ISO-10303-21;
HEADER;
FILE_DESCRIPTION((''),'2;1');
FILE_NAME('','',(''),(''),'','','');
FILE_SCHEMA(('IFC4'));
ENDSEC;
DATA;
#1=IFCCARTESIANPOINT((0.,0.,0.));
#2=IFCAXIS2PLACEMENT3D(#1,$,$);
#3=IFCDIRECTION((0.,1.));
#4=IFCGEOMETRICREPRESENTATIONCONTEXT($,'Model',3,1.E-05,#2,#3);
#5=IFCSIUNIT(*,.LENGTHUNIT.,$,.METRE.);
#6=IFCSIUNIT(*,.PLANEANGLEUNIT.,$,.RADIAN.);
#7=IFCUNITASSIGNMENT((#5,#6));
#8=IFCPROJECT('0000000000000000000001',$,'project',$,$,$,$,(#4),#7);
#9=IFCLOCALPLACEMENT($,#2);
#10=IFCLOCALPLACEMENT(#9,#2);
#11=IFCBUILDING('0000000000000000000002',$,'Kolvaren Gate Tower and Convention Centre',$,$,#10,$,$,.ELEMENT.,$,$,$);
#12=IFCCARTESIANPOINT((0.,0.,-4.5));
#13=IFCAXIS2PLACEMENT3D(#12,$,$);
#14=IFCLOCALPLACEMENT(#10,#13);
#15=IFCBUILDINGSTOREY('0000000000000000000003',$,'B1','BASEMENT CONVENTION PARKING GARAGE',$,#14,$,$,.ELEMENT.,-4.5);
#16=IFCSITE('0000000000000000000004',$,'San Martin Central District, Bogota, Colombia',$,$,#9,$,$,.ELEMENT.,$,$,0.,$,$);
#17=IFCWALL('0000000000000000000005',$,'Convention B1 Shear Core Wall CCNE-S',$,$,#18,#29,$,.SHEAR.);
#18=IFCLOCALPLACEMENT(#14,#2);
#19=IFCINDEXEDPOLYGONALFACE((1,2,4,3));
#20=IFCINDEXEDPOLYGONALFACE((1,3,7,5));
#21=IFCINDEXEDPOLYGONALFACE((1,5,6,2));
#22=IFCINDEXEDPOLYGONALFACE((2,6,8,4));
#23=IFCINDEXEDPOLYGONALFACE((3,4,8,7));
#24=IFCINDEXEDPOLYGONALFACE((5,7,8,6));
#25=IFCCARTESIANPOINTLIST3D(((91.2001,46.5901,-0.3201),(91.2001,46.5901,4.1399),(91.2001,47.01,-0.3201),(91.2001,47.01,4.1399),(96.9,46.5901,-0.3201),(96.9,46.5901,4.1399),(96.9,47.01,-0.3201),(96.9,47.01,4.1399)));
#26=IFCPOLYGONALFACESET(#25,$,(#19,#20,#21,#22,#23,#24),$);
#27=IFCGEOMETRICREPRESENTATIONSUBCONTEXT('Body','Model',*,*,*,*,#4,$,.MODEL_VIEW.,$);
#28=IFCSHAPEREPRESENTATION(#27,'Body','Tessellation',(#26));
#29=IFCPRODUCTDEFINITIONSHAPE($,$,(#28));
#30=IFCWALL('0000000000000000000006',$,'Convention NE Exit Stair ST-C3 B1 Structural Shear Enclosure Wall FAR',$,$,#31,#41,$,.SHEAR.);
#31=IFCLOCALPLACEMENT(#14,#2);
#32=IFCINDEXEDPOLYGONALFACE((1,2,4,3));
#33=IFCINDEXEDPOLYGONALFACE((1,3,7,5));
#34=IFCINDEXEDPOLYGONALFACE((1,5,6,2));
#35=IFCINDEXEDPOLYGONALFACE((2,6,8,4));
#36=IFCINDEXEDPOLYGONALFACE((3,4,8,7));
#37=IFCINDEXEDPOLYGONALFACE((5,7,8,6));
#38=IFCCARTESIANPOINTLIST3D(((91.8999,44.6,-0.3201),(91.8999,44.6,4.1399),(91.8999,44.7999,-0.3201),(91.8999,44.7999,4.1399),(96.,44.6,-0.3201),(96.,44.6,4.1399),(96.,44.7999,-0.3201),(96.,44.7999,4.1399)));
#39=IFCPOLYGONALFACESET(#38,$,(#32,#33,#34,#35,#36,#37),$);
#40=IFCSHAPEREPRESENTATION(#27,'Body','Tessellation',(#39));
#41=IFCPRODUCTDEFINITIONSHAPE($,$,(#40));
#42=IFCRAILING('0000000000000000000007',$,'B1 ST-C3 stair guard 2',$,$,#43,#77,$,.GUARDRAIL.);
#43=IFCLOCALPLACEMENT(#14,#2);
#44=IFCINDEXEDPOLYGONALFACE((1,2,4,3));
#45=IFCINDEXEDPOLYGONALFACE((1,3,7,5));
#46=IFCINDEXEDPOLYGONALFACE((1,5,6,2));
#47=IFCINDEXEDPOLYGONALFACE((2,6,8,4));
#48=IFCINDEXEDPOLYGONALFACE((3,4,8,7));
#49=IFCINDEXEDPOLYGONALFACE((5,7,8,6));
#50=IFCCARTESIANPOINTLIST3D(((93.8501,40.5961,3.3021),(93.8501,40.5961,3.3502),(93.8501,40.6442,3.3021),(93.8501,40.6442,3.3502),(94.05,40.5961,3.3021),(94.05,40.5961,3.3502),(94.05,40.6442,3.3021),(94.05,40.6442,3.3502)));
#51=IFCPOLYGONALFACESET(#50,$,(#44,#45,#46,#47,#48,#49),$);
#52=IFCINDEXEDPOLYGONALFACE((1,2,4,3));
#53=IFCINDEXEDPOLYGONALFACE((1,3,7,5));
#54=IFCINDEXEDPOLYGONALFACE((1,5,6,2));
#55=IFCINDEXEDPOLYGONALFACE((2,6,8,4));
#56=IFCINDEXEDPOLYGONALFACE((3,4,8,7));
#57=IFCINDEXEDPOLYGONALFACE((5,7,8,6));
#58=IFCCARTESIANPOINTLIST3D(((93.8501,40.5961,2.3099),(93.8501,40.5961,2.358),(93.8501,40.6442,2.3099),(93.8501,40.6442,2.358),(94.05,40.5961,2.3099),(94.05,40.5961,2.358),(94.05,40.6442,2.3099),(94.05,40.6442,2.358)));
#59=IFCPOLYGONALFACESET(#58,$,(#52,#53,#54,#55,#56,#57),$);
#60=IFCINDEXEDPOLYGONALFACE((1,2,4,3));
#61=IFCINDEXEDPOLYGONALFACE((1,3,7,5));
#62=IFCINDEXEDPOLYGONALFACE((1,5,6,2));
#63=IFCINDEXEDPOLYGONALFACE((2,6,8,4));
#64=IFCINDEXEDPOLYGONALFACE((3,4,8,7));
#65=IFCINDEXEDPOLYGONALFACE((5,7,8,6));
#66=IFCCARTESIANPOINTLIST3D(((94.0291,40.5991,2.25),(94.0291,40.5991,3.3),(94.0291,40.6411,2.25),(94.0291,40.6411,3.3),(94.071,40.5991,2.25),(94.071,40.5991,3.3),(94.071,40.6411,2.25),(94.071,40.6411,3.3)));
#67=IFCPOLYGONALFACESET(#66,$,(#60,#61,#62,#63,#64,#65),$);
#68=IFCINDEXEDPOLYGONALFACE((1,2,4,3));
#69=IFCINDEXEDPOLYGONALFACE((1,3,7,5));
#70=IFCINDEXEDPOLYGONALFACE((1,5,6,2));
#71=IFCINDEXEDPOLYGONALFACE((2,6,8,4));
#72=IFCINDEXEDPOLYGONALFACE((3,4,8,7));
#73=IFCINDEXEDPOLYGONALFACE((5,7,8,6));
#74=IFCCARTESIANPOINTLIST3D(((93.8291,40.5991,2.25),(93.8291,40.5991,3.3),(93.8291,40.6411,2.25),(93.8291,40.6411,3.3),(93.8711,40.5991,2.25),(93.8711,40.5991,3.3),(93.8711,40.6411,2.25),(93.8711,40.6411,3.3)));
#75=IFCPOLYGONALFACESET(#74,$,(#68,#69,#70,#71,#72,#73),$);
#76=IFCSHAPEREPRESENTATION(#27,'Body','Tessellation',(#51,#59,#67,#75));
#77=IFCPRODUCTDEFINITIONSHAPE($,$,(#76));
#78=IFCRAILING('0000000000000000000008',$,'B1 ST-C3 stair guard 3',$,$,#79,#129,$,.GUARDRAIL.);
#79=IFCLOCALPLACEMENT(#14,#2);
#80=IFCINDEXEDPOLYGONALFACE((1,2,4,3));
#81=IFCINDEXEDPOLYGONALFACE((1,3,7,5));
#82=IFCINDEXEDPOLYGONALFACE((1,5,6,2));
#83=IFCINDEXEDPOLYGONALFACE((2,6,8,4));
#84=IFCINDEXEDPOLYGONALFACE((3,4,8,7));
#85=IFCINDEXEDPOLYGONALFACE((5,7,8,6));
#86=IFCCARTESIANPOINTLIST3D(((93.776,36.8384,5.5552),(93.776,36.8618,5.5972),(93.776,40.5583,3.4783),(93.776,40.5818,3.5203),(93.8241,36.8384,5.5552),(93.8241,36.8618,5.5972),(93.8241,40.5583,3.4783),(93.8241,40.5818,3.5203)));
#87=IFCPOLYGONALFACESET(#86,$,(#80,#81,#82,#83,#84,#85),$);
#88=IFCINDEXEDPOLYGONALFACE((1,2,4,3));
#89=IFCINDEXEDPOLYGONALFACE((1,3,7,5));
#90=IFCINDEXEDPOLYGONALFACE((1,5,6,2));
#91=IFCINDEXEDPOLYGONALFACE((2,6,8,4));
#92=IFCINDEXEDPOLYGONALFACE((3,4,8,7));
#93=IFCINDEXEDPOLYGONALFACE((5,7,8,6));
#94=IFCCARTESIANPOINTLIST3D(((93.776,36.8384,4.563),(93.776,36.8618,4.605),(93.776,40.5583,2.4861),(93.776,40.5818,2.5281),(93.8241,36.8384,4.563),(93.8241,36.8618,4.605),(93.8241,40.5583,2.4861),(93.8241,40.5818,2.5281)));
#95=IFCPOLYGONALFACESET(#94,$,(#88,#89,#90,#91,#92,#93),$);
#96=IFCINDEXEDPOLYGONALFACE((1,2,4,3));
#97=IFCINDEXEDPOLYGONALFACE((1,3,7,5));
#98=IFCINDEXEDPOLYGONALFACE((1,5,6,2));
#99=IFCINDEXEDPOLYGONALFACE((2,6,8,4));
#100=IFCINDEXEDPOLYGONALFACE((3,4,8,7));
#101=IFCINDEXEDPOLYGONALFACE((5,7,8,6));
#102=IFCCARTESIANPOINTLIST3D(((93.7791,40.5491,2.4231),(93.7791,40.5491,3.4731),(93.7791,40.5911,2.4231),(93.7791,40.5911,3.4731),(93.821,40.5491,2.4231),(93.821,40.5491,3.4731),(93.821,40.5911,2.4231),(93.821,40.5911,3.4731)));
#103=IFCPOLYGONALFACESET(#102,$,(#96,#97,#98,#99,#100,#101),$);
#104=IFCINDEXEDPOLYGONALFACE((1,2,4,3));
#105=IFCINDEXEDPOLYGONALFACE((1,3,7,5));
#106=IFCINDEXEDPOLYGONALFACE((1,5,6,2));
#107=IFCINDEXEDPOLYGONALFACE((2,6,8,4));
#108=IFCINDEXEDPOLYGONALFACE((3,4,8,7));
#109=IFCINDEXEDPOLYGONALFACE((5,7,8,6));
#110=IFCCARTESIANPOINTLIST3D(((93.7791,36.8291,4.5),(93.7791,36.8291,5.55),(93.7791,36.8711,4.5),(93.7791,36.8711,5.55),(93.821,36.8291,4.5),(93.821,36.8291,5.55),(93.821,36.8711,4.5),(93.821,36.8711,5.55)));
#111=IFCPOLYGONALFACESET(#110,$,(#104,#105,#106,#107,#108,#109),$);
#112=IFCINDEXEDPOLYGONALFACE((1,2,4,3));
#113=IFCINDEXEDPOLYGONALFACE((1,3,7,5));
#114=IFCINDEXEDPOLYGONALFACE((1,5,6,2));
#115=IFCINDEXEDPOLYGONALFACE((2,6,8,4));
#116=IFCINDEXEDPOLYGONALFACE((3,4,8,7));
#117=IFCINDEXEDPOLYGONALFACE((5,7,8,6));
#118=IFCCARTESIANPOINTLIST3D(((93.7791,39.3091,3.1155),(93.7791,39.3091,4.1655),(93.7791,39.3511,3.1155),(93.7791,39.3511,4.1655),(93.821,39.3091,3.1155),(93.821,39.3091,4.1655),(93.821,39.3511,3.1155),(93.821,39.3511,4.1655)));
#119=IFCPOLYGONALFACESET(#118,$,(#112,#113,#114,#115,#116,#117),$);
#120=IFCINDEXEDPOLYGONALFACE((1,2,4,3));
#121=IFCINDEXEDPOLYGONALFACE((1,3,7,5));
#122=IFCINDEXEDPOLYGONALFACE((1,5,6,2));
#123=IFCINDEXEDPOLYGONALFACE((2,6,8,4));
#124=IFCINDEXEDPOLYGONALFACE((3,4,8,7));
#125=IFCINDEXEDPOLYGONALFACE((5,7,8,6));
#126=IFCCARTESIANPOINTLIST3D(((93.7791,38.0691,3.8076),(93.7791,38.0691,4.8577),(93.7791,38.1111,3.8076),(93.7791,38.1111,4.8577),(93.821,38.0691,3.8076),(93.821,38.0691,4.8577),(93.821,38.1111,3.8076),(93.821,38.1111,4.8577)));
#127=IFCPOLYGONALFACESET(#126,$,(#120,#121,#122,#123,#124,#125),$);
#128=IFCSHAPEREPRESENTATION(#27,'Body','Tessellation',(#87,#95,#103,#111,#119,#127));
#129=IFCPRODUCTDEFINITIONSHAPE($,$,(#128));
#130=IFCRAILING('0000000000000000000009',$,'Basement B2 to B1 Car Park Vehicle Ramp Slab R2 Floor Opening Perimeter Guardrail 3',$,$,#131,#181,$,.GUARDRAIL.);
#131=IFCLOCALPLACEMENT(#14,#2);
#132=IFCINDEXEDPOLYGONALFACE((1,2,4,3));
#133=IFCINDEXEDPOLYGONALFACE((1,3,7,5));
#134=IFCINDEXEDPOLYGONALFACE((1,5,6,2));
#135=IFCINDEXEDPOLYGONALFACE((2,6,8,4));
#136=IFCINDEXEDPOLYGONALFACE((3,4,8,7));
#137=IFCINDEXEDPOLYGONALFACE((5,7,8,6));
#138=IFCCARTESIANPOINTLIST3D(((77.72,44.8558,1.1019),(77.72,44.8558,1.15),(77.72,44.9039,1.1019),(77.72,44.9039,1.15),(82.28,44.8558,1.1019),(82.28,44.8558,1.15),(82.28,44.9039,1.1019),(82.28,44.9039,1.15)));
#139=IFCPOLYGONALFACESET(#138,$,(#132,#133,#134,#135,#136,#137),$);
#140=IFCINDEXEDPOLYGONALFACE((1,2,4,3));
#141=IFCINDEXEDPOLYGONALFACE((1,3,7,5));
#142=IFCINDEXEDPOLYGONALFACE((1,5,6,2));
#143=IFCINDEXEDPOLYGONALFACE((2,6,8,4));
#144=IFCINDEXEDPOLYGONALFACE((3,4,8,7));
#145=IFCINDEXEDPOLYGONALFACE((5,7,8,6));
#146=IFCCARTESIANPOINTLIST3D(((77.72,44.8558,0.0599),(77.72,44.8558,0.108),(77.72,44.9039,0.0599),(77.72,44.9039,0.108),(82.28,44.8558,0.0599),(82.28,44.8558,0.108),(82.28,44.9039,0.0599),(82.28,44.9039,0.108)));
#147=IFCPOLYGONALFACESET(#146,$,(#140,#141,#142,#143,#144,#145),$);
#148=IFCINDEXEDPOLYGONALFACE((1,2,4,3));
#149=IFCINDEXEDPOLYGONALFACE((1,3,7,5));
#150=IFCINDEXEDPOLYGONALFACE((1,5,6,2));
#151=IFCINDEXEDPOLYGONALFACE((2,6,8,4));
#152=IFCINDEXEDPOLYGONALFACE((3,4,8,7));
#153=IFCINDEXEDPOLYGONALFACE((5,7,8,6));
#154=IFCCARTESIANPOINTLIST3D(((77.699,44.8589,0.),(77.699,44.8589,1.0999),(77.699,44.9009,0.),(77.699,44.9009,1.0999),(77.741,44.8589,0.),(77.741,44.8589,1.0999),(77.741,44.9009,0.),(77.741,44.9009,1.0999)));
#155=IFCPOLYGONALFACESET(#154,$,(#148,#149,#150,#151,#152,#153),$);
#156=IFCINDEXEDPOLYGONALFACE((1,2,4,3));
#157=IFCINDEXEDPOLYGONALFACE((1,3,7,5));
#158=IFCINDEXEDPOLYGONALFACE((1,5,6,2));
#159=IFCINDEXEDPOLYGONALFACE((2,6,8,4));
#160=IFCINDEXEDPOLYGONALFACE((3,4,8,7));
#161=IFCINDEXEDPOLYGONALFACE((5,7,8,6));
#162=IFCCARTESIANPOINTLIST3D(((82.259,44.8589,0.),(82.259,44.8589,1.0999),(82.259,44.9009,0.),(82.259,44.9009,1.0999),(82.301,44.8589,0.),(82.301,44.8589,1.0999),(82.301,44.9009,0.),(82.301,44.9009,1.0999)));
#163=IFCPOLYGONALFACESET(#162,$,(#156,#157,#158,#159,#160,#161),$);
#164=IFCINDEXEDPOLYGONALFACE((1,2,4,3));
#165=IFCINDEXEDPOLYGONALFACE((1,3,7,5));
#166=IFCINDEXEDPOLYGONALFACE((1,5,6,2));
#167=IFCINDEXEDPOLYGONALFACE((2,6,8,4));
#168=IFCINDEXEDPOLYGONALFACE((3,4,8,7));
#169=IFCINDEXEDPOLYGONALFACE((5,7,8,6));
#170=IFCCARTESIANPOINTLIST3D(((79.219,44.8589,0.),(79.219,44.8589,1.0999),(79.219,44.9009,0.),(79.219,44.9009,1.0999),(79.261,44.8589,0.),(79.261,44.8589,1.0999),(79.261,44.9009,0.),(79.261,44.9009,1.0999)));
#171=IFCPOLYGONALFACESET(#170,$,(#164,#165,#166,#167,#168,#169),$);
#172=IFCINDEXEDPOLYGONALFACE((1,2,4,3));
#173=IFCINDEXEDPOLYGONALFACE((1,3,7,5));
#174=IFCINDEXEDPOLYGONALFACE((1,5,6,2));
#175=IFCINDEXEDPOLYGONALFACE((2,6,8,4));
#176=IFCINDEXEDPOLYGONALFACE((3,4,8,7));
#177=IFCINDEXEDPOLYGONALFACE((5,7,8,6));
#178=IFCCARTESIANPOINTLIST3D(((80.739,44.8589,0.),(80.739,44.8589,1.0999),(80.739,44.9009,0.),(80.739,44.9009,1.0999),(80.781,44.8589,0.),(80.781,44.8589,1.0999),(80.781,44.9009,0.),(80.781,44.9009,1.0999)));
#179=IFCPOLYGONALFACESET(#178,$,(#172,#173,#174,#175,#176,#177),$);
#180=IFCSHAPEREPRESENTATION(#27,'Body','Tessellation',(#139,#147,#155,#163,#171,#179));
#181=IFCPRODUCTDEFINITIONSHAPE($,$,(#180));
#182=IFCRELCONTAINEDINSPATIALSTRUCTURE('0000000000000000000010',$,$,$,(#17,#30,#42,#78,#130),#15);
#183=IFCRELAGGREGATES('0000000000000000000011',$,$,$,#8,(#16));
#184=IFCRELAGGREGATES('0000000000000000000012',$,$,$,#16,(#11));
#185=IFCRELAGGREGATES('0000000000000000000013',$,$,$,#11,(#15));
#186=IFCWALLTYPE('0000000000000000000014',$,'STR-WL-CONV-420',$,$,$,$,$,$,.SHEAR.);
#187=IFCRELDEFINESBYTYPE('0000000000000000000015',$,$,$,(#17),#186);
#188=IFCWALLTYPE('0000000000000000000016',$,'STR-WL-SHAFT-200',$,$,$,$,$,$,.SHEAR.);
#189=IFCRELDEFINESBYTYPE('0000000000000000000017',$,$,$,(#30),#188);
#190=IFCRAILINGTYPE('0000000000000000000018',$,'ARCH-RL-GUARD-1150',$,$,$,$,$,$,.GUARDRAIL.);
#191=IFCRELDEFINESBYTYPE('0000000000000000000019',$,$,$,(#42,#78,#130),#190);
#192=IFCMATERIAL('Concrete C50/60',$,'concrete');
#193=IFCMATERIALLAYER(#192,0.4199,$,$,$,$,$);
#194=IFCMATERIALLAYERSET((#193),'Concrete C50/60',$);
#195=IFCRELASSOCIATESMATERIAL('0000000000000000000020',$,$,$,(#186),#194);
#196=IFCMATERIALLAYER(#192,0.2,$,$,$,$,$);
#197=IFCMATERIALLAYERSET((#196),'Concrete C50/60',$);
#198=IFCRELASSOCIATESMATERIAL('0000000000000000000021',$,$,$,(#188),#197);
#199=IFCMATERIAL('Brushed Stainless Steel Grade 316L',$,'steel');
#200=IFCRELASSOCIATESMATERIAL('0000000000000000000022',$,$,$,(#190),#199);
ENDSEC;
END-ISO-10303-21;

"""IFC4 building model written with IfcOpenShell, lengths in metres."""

from ifc_helpers import new_model, si_unit, direction, frame, frame_2d, origin, origin_2d, place, context, subcontext, project, spatial, rectangle, extrude, material, layer, layer_set, type_object, element, save


model = new_model("IFC4")

# Units and contexts
model_context = context("Model", 3, precision=1e-05, world=origin(), true_north=direction((0.0, 1.0)))
body_context = subcontext(model_context, "Body", "Model", "MODEL_VIEW")
ifc_project = project(units=[si_unit("LENGTHUNIT", "METRE"), si_unit("PLANEANGLEUNIT", "RADIAN")], contexts=[model_context])

# Site, building, storey
site_placement = place(None, origin())
site = spatial("IfcSite", under=ifc_project, at=site_placement, Name="San Martin Central District, Bogota, Colombia", CompositionType="ELEMENT", RefElevation=0.0)
building_placement = place(site_placement, origin())
building = spatial("IfcBuilding", under=site, at=building_placement, Name="Kolvaren Gate Tower and Convention Centre", CompositionType="ELEMENT")
storey_placement = place(building_placement, frame((0.0, 0.0, -4.5)))
storey = spatial("IfcBuildingStorey", under=building, at=storey_placement, Name="B1", Description="BASEMENT CONVENTION PARKING GARAGE", CompositionType="ELEMENT", Elevation=-4.5)

# Shared definitions
ifc_material_1 = material(Name="Brushed Stainless Steel Grade 316L", Category="steel")

# Walls
ifc_material_2 = material(Name="Concrete C50/60", Category="concrete")
ifc_layer_1 = layer(ifc_material_2, 0.4199)
ifc_layer_set_1 = layer_set([ifc_layer_1], Name="Concrete C50/60")
wall_type_1 = type_object("IfcWallType", Name="STR-WL-CONV-420", PredefinedType="SHEAR", material=ifc_layer_set_1)
wall_1_placement = place(storey_placement, frame((91.2, 46.8, -0.3201), z_axis=(0.0, 0.0, 1.0), x_axis=(1.0, 0.0, 0.0)))
element("IfcWall", 1, at=wall_1_placement, inside=storey, type_object=wall_type_1, Name="Convention B1 Shear Core Wall CCNE-S", PredefinedType="SHEAR", context=body_context, shape_type="SweptSolid", body=[
    extrude(rectangle(XDim=5.7, YDim=0.4199, at=frame_2d((2.8501, 0.0))), origin(), (0.0, 0.0, 1.0), 4.46),
])
ifc_layer_2 = layer(ifc_material_2, 0.2)
ifc_layer_set_2 = layer_set([ifc_layer_2], Name="Concrete C50/60")
wall_type_2 = type_object("IfcWallType", Name="STR-WL-SHAFT-200", PredefinedType="SHEAR", material=ifc_layer_set_2)
wall_2_placement = place(storey_placement, frame((91.8999, 44.7, -0.3201), z_axis=(0.0, 0.0, 1.0), x_axis=(1.0, 0.0, 0.0)))
element("IfcWall", 2, at=wall_2_placement, inside=storey, type_object=wall_type_2, Name="Convention NE Exit Stair ST-C3 B1 Structural Shear Enclosure Wall FAR", PredefinedType="SHEAR", context=body_context, shape_type="SweptSolid", body=[
    extrude(rectangle(XDim=4.1001, YDim=0.2, at=frame_2d((2.05, 0.0))), origin(), (0.0, 0.0, 1.0), 4.46),
])

# Railings
railing_type = type_object("IfcRailingType", Name="ARCH-RL-GUARD-1150", PredefinedType="GUARDRAIL", material=ifc_material_1)
railing_1_placement = place(storey_placement, frame((94.05, 40.6201, 2.25)))
element("IfcRailing", 3, at=railing_1_placement, inside=storey, type_object=railing_type, Name="B1 ST-C3 stair guard 2", PredefinedType="GUARDRAIL", context=body_context, shape_type="SweptSolid", body=[
    extrude(rectangle(XDim=0.0481, YDim=0.0481, at=origin_2d()), frame((0.0, 0.0, 1.0762), z_axis=(-1.0, 0.0, 0.0), x_axis=(0.0, -1.0, 0.0)), (0.0, 0.0, 1.0), 0.2),
    extrude(rectangle(XDim=0.0481, YDim=0.0481, at=origin_2d()), frame((0.0, 0.0, 0.084), z_axis=(-1.0, 0.0, 0.0), x_axis=(0.0, -1.0, 0.0)), (0.0, 0.0, 1.0), 0.2),
    extrude(rectangle(XDim=0.042, YDim=0.042, at=origin_2d()), origin(), (0.0, 0.0, 1.0), 1.05),
    extrude(rectangle(XDim=0.042, YDim=0.042, at=origin_2d()), frame((-0.2, 0.0, 0.0)), (0.0, 0.0, 1.0), 1.05),
])
railing_2_placement = place(storey_placement, frame((93.8, 40.5701, 2.4231)))
element("IfcRailing", 4, at=railing_2_placement, inside=storey, type_object=railing_type, Name="B1 ST-C3 stair guard 3", PredefinedType="GUARDRAIL", context=body_context, shape_type="SweptSolid", body=[
    extrude(rectangle(XDim=0.0481, YDim=0.0481, at=origin_2d()), frame((0.0, 0.0, 1.0762), z_axis=(0.0, -0.873134, 0.487481), x_axis=(1.0, 0.0, 0.0)), (0.0, 0.0, 1.0), 4.2605),
    extrude(rectangle(XDim=0.0481, YDim=0.0481, at=origin_2d()), frame((0.0, 0.0, 0.084), z_axis=(0.0, -0.873134, 0.487481), x_axis=(1.0, 0.0, 0.0)), (0.0, 0.0, 1.0), 4.2605),
    extrude(rectangle(XDim=0.042, YDim=0.042, at=origin_2d()), origin(), (0.0, 0.0, 1.0), 1.05),
    extrude(rectangle(XDim=0.042, YDim=0.042, at=origin_2d()), frame((0.0, -3.72, 2.0769)), (0.0, 0.0, 1.0), 1.05),
    extrude(rectangle(XDim=0.042, YDim=0.042, at=origin_2d()), frame((0.0, -1.24, 0.6924)), (0.0, 0.0, 1.0), 1.05),
    extrude(rectangle(XDim=0.042, YDim=0.042, at=origin_2d()), frame((0.0, -2.48, 1.3845)), (0.0, 0.0, 1.0), 1.05),
])
railing_3_placement = place(storey_placement, frame((77.72, 44.8799, 0.0)))
element("IfcRailing", 5, at=railing_3_placement, inside=storey, type_object=railing_type, Name="Basement B2 to B1 Car Park Vehicle Ramp Slab R2 Floor Opening Perimeter Guardrail 3", PredefinedType="GUARDRAIL", context=body_context, shape_type="SweptSolid", body=[
    extrude(rectangle(XDim=0.0481, YDim=0.0481, at=origin_2d()), frame((0.0, 0.0, 1.126), z_axis=(1.0, 0.0, 0.0), x_axis=(0.0, 1.0, 0.0)), (0.0, 0.0, 1.0), 4.5601),
    extrude(rectangle(XDim=0.0481, YDim=0.0481, at=origin_2d()), frame((0.0, 0.0, 0.084), z_axis=(1.0, 0.0, 0.0), x_axis=(0.0, 1.0, 0.0)), (0.0, 0.0, 1.0), 4.5601),
    extrude(rectangle(XDim=0.042, YDim=0.042, at=origin_2d()), origin(), (0.0, 0.0, 1.0), 1.0999),
    extrude(rectangle(XDim=0.042, YDim=0.042, at=origin_2d()), frame((4.5601, 0.0, 0.0)), (0.0, 0.0, 1.0), 1.0999),
    extrude(rectangle(XDim=0.042, YDim=0.042, at=origin_2d()), frame((1.52, 0.0, 0.0)), (0.0, 0.0, 1.0), 1.0999),
    extrude(rectangle(XDim=0.042, YDim=0.042, at=origin_2d()), frame((3.04, 0.0, 0.0)), (0.0, 0.0, 1.0), 1.0999),
])

save(model, "model.ifc")
